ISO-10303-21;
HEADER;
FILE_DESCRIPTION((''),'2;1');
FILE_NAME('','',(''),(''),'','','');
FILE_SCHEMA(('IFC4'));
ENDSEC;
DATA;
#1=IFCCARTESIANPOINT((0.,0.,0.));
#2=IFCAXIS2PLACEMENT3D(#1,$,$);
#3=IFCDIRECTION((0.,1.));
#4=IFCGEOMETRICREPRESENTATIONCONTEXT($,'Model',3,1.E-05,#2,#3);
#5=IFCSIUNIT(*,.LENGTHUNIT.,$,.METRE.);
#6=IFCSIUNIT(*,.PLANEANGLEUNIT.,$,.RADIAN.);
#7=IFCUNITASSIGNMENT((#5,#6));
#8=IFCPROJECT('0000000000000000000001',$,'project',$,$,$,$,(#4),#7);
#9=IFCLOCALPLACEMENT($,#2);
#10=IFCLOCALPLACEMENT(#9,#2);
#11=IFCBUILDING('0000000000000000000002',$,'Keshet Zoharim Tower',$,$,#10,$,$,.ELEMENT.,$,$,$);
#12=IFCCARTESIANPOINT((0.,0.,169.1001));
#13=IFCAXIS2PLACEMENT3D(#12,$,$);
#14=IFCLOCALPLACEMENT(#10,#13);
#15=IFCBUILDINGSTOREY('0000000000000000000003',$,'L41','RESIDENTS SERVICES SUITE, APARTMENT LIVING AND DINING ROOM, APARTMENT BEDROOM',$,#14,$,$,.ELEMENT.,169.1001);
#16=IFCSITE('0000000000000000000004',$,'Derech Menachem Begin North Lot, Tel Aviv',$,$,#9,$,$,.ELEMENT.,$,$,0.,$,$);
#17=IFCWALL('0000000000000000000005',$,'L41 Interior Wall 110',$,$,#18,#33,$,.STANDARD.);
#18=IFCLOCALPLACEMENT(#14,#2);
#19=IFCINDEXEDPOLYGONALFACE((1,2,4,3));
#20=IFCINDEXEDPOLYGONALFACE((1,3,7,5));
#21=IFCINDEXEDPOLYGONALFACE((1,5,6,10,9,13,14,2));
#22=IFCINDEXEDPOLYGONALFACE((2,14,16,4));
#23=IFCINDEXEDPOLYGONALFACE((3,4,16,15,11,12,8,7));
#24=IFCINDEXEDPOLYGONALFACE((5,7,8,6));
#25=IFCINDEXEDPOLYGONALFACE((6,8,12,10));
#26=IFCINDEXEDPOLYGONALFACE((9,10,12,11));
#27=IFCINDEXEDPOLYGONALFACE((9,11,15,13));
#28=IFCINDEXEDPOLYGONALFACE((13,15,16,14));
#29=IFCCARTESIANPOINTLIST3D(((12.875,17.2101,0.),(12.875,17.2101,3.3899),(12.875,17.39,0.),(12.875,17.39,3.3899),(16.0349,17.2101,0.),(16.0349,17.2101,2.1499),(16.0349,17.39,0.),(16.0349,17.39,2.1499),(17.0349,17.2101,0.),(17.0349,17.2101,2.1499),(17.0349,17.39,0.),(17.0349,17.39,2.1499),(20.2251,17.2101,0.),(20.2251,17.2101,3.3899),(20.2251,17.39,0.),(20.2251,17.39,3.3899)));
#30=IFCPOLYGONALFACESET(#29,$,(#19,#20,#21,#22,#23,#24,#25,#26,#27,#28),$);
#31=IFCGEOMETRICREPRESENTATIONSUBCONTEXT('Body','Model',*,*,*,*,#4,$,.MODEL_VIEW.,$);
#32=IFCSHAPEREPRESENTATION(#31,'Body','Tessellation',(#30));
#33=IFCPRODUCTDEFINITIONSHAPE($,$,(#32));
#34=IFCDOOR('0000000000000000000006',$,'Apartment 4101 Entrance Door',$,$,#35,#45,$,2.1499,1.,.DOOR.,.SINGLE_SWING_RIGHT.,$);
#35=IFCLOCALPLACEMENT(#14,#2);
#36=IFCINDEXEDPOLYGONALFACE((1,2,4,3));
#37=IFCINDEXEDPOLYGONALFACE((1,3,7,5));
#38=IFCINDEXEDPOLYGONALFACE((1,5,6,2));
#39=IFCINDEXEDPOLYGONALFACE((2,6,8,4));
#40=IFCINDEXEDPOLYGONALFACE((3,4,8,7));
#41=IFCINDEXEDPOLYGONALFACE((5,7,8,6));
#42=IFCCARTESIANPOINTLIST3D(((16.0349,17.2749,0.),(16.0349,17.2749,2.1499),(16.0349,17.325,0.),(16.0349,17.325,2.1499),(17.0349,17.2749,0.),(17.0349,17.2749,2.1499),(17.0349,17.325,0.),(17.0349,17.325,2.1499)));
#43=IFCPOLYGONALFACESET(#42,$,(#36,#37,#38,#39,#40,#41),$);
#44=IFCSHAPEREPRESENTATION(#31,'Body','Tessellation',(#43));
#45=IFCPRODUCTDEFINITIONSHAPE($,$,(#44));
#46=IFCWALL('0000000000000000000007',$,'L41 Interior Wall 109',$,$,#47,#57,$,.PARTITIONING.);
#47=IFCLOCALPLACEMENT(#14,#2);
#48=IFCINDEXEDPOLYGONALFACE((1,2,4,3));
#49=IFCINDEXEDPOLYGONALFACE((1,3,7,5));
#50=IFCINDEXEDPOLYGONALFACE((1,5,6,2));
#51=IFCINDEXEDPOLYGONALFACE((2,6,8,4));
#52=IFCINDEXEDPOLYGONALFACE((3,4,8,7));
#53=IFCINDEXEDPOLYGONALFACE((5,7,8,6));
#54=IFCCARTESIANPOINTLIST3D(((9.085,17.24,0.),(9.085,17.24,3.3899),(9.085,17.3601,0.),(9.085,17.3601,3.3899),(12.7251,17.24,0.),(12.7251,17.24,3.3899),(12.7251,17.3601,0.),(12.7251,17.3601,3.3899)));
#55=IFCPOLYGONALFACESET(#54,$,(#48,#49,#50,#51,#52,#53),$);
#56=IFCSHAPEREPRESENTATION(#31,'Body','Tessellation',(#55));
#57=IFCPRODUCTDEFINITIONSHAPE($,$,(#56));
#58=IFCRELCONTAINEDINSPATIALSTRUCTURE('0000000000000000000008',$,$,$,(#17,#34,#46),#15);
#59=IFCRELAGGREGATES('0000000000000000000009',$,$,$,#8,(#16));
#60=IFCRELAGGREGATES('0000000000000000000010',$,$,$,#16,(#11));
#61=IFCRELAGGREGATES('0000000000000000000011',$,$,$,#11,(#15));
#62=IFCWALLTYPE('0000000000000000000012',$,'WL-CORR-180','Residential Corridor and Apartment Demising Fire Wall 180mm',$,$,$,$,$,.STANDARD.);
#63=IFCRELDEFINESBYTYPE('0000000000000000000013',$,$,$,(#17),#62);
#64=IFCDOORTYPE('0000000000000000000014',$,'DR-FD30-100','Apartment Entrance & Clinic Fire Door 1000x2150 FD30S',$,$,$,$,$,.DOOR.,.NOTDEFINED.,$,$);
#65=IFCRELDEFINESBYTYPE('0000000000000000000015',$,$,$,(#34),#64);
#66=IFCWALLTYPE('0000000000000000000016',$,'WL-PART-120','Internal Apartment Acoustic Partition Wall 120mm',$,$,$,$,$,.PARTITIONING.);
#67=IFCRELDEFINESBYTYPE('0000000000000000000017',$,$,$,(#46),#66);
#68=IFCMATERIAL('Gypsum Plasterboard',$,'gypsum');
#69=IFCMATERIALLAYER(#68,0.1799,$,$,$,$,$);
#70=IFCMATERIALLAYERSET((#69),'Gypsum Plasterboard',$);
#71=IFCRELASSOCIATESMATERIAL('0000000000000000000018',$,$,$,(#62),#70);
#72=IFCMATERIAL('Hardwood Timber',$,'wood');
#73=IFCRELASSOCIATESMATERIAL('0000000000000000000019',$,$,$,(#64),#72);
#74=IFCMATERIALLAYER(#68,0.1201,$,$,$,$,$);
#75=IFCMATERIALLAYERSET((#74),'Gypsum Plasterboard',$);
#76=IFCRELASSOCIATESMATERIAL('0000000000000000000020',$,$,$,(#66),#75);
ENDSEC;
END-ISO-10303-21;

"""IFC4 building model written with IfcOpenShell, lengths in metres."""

from ifc_helpers import new_model, si_unit, direction, frame, frame_2d, origin, place, context, subcontext, project, spatial, rectangle, extrude, material, layer, layer_set, type_object, element, fill, save


model = new_model("IFC4")

# Units and contexts
model_context = context("Model", 3, precision=1e-05, world=origin(), true_north=direction((0.0, 1.0)))
body_context = subcontext(model_context, "Body", "Model", "MODEL_VIEW")
ifc_project = project(units=[si_unit("LENGTHUNIT", "METRE"), si_unit("PLANEANGLEUNIT", "RADIAN")], contexts=[model_context])

# Site, building, storey
site_placement = place(None, origin())
site = spatial("IfcSite", under=ifc_project, at=site_placement, Name="Derech Menachem Begin North Lot, Tel Aviv", CompositionType="ELEMENT", RefElevation=0.0)
building_placement = place(site_placement, origin())
building = spatial("IfcBuilding", under=site, at=building_placement, Name="Keshet Zoharim Tower", CompositionType="ELEMENT")
storey_placement = place(building_placement, frame((0.0, 0.0, 169.1001)))
storey = spatial("IfcBuildingStorey", under=building, at=storey_placement, Name="L41", Description="RESIDENTS SERVICES SUITE, APARTMENT LIVING AND DINING ROOM, APARTMENT BEDROOM", CompositionType="ELEMENT", Elevation=169.1001)

# Wall, opening, door
ifc_material_1 = material(Name="Gypsum Plasterboard", Category="gypsum")
ifc_layer_1 = layer(ifc_material_1, 0.1799)
ifc_layer_set_1 = layer_set([ifc_layer_1], Name="Gypsum Plasterboard")
wall_type_1 = type_object("IfcWallType", Name="WL-CORR-180", Description="Residential Corridor and Apartment Demising Fire Wall 180mm", PredefinedType="STANDARD", material=ifc_layer_set_1)
ifc_material_2 = material(Name="Hardwood Timber", Category="wood")
door_type = type_object("IfcDoorType", Name="DR-FD30-100", Description="Apartment Entrance & Clinic Fire Door 1000x2150 FD30S", OperationType="NOTDEFINED", PredefinedType="DOOR", material=ifc_material_2)
wall_1_placement = place(storey_placement, frame((12.875, 17.3, 0.0), z_axis=(0.0, 0.0, 1.0), x_axis=(1.0, 0.0, 0.0)))
wall_1 = element("IfcWall", 1, at=wall_1_placement, inside=storey, type_object=wall_type_1, Name="L41 Interior Wall 110", PredefinedType="STANDARD", context=body_context, shape_type="SweptSolid", body=[
    extrude(rectangle(XDim=7.3501, YDim=0.1799, at=frame_2d((3.675, 0.0))), origin(), (0.0, 0.0, 1.0), 3.3899),
])
opening_1_placement = place(wall_1_placement, frame((3.1599, 0.0, 0.0)))
opening_1 = element("IfcOpeningElement", 2, at=opening_1_placement, cuts=wall_1, PredefinedType="OPENING", context=body_context, shape_type="SweptSolid", body=[
    extrude(rectangle(XDim=1.0, YDim=2.1499, at=frame_2d((0.5, 1.075))), frame((0.0, 0.1001, 0.0), z_axis=(0.0, -1.0, 0.0), x_axis=(1.0, 0.0, 0.0)), (0.0, 0.0, 1.0), 0.2),
])
door_1_placement = place(opening_1_placement, origin())
door_1 = element("IfcDoor", 3, at=door_1_placement, inside=storey, type_object=door_type, Name="Apartment 4101 Entrance Door", OperationType="SINGLE_SWING_RIGHT", OverallHeight=2.1499, OverallWidth=1.0, PredefinedType="DOOR", context=body_context, shape_type="SweptSolid", body=[
    extrude(rectangle(XDim=1.0, YDim=2.1499, at=frame_2d((0.5, 1.075))), frame((0.0, 0.0249, 0.0), z_axis=(0.0, -1.0, 0.0), x_axis=(1.0, 0.0, 0.0)), (0.0, 0.0, 1.0), 0.05),
])
fill(opening_1, door_1)

# Wall
ifc_layer_2 = layer(ifc_material_1, 0.1201)
ifc_layer_set_2 = layer_set([ifc_layer_2], Name="Gypsum Plasterboard")
wall_type_2 = type_object("IfcWallType", Name="WL-PART-120", Description="Internal Apartment Acoustic Partition Wall 120mm", PredefinedType="PARTITIONING", material=ifc_layer_set_2)
wall_2_placement = place(storey_placement, frame((9.085, 17.3, 0.0), z_axis=(0.0, 0.0, 1.0), x_axis=(1.0, 0.0, 0.0)))
element("IfcWall", 4, at=wall_2_placement, inside=storey, type_object=wall_type_2, Name="L41 Interior Wall 109", PredefinedType="PARTITIONING", context=body_context, shape_type="SweptSolid", body=[
    extrude(rectangle(XDim=3.6401, YDim=0.1201, at=frame_2d((1.8201, 0.0))), origin(), (0.0, 0.0, 1.0), 3.3899),
])

save(model, "model.ifc")
